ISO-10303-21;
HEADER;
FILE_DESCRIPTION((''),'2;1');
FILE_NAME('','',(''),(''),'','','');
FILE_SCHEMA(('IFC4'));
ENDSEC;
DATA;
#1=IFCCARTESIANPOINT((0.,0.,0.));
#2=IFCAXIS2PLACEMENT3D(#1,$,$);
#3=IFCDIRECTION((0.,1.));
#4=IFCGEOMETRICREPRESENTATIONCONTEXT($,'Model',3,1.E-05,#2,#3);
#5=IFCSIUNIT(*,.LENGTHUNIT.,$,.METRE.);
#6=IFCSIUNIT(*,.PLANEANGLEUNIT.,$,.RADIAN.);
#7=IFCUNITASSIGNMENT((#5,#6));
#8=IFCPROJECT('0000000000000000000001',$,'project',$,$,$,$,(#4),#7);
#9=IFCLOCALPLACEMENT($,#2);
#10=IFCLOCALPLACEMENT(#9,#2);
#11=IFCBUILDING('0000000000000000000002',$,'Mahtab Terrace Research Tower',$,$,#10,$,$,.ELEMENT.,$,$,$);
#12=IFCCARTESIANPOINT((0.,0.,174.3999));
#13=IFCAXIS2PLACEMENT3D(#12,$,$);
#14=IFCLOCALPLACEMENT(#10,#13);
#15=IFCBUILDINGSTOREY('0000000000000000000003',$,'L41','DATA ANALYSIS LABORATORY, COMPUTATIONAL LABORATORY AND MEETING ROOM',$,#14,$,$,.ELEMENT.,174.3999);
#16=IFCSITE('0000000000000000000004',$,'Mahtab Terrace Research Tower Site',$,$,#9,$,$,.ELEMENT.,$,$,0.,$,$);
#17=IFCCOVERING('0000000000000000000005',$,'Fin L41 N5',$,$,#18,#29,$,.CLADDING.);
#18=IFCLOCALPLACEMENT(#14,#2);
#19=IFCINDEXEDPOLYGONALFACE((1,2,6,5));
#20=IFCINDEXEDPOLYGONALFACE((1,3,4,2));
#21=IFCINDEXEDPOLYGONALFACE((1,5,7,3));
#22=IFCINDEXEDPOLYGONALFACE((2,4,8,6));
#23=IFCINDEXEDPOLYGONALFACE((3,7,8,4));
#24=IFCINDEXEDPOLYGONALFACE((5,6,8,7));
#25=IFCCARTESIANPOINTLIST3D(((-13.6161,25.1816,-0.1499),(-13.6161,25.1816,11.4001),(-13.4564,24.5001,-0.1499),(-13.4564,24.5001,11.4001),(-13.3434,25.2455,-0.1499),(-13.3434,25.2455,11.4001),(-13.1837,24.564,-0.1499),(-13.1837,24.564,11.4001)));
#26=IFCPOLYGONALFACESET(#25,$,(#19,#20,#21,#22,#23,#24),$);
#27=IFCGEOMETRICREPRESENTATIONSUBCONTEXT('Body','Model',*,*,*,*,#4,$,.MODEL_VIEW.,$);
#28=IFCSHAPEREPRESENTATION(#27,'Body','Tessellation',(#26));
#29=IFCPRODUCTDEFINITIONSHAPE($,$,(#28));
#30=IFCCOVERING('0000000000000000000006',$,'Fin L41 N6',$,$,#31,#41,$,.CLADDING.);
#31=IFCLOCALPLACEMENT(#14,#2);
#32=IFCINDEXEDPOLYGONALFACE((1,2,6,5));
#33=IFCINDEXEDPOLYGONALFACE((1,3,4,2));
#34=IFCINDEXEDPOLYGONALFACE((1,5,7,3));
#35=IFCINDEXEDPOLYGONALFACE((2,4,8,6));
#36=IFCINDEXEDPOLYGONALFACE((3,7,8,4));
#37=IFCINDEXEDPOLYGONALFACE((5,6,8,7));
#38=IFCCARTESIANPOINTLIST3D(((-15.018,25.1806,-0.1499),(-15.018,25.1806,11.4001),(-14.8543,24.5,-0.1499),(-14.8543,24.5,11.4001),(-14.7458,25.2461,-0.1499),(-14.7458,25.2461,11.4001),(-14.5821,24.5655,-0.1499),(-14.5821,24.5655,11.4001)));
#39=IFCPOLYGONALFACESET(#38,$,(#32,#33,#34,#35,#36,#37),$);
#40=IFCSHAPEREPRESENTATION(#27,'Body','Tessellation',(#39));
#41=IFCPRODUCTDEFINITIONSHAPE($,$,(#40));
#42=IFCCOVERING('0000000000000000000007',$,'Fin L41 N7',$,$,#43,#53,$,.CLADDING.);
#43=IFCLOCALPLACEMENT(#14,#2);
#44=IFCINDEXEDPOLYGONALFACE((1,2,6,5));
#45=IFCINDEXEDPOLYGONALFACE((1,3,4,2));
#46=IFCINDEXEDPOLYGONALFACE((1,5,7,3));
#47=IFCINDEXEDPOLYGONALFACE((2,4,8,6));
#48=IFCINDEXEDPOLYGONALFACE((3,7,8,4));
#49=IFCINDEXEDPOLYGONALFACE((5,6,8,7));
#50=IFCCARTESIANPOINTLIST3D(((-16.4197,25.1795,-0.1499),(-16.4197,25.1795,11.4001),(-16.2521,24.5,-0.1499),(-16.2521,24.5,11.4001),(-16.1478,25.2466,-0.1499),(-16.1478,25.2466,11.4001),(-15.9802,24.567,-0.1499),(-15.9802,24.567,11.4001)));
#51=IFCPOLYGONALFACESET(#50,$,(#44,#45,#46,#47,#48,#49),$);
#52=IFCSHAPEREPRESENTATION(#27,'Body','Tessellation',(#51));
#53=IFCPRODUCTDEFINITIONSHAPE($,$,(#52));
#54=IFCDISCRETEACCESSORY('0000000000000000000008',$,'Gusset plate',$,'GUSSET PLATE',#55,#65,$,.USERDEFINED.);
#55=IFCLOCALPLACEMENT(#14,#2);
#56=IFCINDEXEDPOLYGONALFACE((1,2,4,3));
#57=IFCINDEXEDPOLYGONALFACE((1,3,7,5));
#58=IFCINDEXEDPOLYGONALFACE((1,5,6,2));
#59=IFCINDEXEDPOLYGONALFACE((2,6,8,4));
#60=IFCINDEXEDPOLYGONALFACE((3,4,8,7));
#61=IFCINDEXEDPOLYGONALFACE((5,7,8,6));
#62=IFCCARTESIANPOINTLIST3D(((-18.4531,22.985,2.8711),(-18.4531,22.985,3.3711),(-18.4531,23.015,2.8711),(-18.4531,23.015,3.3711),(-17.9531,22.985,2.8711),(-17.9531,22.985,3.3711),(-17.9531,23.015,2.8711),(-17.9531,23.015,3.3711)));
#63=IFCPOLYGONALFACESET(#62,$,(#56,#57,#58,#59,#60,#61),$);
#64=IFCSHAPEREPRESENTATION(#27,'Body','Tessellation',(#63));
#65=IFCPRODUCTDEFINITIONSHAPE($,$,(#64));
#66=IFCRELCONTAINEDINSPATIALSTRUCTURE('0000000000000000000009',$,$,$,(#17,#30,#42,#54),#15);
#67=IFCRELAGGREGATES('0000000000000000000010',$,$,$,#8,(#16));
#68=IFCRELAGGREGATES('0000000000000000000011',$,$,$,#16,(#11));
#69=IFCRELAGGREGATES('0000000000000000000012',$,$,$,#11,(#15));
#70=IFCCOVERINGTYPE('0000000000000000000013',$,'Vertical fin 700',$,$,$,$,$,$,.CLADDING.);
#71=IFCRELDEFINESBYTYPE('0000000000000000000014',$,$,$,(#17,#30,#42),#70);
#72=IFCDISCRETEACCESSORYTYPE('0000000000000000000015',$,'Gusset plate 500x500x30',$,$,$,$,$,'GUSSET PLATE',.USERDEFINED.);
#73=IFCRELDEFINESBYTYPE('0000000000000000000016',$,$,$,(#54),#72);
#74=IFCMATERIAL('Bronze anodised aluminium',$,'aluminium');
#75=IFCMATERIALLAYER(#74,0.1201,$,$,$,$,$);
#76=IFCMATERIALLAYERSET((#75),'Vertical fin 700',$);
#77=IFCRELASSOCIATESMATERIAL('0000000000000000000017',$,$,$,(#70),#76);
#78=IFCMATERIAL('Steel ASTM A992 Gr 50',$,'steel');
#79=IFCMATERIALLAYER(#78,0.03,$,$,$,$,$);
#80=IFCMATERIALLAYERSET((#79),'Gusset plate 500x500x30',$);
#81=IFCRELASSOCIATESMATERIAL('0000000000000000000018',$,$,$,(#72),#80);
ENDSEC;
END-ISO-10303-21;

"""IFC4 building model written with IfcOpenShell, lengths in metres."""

from ifc_helpers import new_model, si_unit, direction, frame, origin, origin_2d, place, context, subcontext, project, spatial, rectangle, extrude, material, layer, layer_set, type_object, element, save


model = new_model("IFC4")

# Units and contexts
model_context = context("Model", 3, precision=1e-05, world=origin(), true_north=direction((0.0, 1.0)))
body_context = subcontext(model_context, "Body", "Model", "MODEL_VIEW")
ifc_project = project(units=[si_unit("LENGTHUNIT", "METRE"), si_unit("PLANEANGLEUNIT", "RADIAN")], contexts=[model_context])

# Site, building, storey
site_placement = place(None, origin())
site = spatial("IfcSite", under=ifc_project, at=site_placement, Name="Mahtab Terrace Research Tower Site", CompositionType="ELEMENT", RefElevation=0.0)
building_placement = place(site_placement, origin())
building = spatial("IfcBuilding", under=site, at=building_placement, Name="Mahtab Terrace Research Tower", CompositionType="ELEMENT")
storey_placement = place(building_placement, frame((0.0, 0.0, 174.3999)))
storey = spatial("IfcBuildingStorey", under=building, at=storey_placement, Name="L41", Description="DATA ANALYSIS LABORATORY, COMPUTATIONAL LABORATORY AND MEETING ROOM", CompositionType="ELEMENT", Elevation=174.3999)

# Shared definitions
ifc_material_1 = material(Name="Steel ASTM A992 Gr 50", Category="steel")

# Coverings
ifc_material_2 = material(Name="Bronze anodised aluminium", Category="aluminium")
ifc_layer_1 = layer(ifc_material_2, 0.1201)
ifc_layer_set_1 = layer_set([ifc_layer_1], Name="Vertical fin 700")
covering_type = type_object("IfcCoveringType", Name="Vertical fin 700", PredefinedType="CLADDING", material=ifc_layer_set_1)
for number, where, z_axis, x_axis, name in (
    (1, (-13.3999, 24.8728, -0.1499), (0.0, 0.0, 1.0), (-0.973617, -0.228189, 0.0), "Fin L41 N5"),
    (2, (-14.8, 24.873, -0.1499), (0.0, 0.0, 1.0), (-0.972273, -0.233849, 0.0), "Fin L41 N6"),
    (3, (-16.2, 24.8733, -0.1499), (0.0, 0.0, 1.0), (-0.970896, -0.239502, 0.0), "Fin L41 N7"),
):
    element("IfcCovering", number, at=place(storey_placement, frame(where, z_axis=z_axis, x_axis=x_axis)), inside=storey, type_object=covering_type, Name=name, PredefinedType="CLADDING", context=body_context, shape_type="SweptSolid", body=[
        extrude(rectangle(XDim=0.28, YDim=0.7, at=origin_2d()), origin(), (0.0, 0.0, 1.0), 11.55),
    ])

# Discrete accessory
ifc_layer_2 = layer(ifc_material_1, 0.03)
ifc_layer_set_2 = layer_set([ifc_layer_2], Name="Gusset plate 500x500x30")
discrete_accessory_type = type_object("IfcDiscreteAccessoryType", Name="Gusset plate 500x500x30", ElementType="GUSSET PLATE", PredefinedType="USERDEFINED", material=ifc_layer_set_2)
discrete_accessory_placement = place(storey_placement, frame((-18.2031, 23.0, 2.8711), z_axis=(0.0, 0.0, 1.0), x_axis=(1.0, 0.0, 0.0)))
element("IfcDiscreteAccessory", 4, at=discrete_accessory_placement, inside=storey, type_object=discrete_accessory_type, Name="Gusset plate", ObjectType="GUSSET PLATE", PredefinedType="USERDEFINED", context=body_context, shape_type="SweptSolid", body=[
    extrude(rectangle(XDim=0.5, YDim=0.03, at=origin_2d()), origin(), (0.0, 0.0, 1.0), 0.5),
])

save(model, "model.ifc")
